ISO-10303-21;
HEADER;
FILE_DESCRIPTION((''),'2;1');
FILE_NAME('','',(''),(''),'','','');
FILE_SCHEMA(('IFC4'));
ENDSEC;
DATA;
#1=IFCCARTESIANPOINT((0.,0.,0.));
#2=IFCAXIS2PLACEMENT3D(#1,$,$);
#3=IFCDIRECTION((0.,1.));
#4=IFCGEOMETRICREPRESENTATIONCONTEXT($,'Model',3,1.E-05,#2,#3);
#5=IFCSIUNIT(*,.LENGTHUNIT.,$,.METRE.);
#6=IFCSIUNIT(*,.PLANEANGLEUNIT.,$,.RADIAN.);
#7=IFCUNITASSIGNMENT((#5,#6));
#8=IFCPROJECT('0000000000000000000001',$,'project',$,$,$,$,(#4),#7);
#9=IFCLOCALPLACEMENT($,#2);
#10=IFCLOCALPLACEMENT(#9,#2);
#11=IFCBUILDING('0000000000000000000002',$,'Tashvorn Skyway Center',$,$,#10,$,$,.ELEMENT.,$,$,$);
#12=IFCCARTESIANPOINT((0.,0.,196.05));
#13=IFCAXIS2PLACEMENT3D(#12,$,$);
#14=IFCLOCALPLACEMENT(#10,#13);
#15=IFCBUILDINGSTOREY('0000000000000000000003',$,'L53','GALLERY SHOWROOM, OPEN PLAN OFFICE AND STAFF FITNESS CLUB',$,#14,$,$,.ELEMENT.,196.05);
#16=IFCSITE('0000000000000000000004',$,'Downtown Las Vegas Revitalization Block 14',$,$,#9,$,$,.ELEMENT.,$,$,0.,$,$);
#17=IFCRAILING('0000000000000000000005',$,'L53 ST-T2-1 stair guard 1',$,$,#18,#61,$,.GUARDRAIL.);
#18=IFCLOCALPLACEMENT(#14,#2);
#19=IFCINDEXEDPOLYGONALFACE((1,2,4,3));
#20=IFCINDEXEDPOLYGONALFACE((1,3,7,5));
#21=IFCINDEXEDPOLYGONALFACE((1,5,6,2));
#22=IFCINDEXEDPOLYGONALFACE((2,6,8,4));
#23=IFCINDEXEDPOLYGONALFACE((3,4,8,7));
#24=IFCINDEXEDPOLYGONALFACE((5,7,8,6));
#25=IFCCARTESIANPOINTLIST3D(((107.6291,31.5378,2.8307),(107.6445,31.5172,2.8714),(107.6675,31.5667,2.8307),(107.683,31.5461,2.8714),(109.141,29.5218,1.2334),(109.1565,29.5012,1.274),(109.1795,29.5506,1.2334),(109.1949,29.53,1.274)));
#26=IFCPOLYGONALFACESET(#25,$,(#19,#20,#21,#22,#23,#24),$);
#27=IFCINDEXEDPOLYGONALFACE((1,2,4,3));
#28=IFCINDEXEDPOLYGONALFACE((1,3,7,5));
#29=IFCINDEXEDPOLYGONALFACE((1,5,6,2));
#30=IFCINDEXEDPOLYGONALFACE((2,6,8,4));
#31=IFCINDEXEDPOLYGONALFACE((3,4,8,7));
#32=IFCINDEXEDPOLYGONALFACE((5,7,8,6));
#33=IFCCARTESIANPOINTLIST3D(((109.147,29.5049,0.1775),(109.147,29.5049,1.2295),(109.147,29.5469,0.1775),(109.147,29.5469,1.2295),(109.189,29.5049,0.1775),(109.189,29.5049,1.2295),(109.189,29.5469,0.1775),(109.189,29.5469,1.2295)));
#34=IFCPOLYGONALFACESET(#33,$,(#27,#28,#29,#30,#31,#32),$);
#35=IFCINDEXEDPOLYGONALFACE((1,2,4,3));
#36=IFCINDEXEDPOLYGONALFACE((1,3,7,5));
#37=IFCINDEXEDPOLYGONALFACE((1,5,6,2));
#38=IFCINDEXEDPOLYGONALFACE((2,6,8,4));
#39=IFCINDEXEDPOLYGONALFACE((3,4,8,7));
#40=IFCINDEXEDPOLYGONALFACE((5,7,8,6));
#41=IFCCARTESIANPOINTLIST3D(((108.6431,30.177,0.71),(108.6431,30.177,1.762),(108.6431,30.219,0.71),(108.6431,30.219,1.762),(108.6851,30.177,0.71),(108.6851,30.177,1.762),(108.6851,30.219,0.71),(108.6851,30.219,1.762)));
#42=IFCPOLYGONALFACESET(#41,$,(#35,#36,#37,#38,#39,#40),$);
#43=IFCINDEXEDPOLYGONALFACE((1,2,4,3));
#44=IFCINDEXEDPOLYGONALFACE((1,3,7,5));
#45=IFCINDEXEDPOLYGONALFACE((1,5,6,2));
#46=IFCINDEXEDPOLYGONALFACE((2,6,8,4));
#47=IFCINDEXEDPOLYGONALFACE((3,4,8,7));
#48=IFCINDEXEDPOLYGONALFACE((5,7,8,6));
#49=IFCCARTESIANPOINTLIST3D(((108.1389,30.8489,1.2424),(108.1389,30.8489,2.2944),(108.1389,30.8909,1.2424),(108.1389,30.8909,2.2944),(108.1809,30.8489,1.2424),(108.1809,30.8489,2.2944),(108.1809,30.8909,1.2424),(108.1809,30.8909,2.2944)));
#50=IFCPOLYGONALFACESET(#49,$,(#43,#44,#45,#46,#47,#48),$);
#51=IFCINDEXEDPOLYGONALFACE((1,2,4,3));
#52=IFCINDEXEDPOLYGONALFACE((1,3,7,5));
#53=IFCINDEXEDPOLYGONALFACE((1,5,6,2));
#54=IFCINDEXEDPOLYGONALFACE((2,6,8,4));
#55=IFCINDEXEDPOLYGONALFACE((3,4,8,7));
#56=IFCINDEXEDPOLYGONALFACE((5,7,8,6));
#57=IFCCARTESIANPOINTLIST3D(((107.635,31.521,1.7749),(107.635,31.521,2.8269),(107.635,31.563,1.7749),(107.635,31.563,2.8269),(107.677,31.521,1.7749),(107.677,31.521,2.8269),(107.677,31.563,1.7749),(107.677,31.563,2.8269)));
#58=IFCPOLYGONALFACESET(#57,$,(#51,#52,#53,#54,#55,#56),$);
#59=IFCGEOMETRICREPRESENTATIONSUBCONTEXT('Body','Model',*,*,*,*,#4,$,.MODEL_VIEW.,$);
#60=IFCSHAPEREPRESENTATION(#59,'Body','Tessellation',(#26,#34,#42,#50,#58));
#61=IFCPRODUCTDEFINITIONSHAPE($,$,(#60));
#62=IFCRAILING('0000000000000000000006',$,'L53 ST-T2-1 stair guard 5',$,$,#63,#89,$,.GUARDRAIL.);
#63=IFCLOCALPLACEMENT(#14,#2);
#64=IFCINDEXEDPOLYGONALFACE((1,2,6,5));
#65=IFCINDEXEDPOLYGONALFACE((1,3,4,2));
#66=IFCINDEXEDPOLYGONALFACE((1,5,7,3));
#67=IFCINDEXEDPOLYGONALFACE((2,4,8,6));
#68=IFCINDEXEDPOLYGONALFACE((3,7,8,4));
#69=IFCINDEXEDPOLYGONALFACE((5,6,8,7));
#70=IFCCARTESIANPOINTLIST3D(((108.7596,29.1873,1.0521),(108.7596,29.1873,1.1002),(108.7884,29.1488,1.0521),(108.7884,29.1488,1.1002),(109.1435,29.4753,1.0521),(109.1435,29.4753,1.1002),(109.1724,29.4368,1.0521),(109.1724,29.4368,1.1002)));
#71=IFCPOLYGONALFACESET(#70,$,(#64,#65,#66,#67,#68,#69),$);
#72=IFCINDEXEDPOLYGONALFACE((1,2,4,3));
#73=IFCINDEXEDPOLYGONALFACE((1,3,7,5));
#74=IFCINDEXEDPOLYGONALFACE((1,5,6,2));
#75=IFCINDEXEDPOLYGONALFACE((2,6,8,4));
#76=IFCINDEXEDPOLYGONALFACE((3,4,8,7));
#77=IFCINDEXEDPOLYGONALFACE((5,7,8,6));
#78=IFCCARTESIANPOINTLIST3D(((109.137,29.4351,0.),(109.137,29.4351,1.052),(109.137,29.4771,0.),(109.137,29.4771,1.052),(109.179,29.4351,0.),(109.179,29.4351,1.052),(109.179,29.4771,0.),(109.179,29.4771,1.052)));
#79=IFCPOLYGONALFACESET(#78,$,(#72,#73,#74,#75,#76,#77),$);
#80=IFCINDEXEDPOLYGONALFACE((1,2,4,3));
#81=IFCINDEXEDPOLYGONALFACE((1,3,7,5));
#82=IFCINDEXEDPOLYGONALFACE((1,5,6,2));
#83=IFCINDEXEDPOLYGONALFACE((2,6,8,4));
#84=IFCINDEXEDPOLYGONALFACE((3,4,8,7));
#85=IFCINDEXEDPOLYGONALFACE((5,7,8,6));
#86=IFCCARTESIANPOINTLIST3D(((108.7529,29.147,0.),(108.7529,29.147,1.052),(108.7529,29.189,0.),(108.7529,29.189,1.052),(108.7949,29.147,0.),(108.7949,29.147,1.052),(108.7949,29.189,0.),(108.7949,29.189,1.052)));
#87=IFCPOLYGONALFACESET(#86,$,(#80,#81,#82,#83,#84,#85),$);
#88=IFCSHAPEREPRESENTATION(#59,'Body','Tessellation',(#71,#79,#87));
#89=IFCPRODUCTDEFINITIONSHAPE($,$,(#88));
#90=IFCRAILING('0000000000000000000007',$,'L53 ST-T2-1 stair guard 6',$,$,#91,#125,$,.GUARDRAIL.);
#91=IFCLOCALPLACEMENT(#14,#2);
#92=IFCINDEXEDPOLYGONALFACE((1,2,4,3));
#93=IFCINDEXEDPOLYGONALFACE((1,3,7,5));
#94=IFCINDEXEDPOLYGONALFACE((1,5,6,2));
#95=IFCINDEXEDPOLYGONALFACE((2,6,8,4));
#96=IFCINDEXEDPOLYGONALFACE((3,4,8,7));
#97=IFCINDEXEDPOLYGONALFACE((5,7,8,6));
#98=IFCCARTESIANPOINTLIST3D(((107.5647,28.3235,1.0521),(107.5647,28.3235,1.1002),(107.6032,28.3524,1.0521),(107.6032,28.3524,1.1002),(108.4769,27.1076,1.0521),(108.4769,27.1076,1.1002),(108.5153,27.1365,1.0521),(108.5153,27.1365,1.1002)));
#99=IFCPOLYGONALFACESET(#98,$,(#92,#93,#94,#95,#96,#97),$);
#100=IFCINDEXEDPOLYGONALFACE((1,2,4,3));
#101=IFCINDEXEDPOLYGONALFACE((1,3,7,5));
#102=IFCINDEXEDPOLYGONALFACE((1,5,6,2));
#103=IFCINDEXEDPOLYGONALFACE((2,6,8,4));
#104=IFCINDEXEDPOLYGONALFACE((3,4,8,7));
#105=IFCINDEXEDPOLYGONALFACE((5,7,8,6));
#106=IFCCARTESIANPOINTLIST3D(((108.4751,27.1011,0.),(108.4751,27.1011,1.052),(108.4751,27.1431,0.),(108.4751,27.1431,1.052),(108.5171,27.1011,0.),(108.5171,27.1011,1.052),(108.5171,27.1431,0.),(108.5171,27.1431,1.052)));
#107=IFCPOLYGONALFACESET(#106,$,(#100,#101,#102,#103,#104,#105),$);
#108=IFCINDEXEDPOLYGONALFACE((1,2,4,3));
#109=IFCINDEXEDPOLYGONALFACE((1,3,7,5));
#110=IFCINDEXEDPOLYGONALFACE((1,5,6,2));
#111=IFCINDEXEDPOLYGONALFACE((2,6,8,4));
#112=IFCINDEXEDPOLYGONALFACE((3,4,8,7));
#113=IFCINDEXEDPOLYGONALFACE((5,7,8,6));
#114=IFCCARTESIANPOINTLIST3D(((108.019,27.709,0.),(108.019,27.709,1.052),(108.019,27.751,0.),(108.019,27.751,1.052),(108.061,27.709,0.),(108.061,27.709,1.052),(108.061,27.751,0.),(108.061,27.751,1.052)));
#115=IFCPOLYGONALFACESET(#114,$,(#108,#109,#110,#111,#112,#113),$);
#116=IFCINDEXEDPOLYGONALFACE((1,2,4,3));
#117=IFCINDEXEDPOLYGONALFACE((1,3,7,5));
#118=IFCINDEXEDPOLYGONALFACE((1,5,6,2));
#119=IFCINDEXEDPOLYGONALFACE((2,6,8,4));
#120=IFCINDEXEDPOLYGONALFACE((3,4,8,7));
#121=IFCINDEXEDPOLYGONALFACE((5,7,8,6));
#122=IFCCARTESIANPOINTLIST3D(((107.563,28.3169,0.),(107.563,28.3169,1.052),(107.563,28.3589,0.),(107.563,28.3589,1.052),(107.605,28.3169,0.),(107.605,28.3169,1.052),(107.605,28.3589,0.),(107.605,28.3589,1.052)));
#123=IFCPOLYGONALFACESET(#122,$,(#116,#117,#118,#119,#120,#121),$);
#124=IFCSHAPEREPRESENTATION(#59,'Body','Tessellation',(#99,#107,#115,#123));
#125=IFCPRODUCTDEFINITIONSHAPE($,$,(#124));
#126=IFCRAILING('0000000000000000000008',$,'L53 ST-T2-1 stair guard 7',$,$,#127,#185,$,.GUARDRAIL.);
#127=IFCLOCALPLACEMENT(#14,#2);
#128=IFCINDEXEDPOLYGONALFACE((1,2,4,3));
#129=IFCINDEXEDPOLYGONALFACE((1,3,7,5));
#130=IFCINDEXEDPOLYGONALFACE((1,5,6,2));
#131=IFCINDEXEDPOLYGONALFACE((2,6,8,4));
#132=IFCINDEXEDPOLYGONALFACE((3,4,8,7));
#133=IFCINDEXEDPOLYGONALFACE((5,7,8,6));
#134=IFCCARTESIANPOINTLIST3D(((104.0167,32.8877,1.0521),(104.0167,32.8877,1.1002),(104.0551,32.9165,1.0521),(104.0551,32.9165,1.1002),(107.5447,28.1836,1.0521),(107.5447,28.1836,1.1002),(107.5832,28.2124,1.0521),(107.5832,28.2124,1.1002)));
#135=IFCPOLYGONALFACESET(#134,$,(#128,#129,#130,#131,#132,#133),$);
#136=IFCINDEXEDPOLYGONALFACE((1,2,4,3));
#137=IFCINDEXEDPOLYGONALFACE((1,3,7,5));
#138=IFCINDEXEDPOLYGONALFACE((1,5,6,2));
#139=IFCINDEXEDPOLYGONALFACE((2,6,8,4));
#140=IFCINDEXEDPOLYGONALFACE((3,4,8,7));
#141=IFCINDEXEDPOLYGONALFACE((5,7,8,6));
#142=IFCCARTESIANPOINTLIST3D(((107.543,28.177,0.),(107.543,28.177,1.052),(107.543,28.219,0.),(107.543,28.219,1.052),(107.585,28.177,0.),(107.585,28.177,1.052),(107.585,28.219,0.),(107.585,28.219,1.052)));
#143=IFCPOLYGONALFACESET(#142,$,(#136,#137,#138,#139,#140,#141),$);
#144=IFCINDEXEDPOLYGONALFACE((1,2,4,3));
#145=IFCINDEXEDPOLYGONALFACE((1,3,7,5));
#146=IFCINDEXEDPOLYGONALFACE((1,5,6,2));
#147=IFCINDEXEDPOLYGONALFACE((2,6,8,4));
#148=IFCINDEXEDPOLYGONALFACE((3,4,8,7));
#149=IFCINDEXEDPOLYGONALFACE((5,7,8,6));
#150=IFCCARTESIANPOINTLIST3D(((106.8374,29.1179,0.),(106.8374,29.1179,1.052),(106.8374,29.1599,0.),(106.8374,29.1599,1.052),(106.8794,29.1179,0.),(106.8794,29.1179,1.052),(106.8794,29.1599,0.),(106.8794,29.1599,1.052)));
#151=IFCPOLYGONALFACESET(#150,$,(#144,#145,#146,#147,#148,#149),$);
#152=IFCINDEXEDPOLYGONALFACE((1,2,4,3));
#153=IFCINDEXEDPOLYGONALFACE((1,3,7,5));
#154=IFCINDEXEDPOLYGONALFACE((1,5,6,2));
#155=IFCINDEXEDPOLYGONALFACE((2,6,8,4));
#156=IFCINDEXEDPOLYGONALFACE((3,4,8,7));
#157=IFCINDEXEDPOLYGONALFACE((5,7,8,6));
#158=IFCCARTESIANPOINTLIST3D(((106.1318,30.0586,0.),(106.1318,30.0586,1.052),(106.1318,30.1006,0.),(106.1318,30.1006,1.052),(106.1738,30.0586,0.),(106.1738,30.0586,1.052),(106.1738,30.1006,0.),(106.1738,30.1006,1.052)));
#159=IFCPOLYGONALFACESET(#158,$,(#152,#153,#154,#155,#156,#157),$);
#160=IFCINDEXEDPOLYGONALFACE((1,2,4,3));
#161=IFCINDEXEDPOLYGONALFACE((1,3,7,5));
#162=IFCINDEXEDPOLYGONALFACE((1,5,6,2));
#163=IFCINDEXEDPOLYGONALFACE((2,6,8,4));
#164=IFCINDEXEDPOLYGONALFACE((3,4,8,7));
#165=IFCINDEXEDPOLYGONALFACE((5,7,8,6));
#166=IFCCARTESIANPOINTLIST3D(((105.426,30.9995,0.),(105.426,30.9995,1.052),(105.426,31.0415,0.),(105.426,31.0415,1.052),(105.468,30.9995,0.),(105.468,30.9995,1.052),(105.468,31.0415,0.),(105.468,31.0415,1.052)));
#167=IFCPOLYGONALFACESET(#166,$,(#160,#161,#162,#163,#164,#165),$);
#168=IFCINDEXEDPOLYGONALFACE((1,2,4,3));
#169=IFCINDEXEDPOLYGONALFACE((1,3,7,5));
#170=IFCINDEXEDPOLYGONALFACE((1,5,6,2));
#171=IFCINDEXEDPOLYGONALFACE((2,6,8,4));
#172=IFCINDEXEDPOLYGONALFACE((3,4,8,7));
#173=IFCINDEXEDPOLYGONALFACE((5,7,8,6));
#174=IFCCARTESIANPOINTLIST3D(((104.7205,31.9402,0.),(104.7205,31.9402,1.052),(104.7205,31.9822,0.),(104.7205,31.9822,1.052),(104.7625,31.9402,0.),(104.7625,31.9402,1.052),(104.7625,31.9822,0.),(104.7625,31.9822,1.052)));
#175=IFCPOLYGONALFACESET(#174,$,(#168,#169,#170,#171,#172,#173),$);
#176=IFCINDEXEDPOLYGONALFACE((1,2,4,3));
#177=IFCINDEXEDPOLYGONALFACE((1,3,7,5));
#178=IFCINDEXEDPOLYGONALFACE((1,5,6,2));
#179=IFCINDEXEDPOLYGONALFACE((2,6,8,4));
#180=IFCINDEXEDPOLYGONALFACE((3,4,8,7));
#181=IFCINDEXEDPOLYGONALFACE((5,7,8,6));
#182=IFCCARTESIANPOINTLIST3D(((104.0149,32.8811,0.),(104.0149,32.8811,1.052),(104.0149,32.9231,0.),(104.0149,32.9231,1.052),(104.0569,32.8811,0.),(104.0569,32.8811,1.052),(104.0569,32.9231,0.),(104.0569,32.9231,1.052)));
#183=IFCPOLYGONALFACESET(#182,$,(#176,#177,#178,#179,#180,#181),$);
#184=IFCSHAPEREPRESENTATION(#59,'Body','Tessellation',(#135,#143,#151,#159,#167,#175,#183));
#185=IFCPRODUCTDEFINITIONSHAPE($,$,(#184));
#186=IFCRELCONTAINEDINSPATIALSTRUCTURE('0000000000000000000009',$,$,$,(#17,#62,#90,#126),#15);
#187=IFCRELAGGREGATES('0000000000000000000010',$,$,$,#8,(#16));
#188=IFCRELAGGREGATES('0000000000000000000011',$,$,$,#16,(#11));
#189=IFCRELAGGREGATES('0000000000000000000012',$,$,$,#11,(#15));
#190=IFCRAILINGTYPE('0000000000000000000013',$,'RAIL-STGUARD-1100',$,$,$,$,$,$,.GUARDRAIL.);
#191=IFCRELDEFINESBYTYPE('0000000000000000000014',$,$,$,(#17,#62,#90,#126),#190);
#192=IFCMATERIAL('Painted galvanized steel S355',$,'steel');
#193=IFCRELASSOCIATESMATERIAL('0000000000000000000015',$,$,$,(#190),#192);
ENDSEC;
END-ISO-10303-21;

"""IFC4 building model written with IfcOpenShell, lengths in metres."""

from ifc_helpers import new_model, si_unit, direction, frame, origin, origin_2d, place, context, subcontext, project, spatial, rectangle, extrude, material, type_object, element, save


model = new_model("IFC4")

# Units and contexts
model_context = context("Model", 3, precision=1e-05, world=origin(), true_north=direction((0.0, 1.0)))
body_context = subcontext(model_context, "Body", "Model", "MODEL_VIEW")
ifc_project = project(units=[si_unit("LENGTHUNIT", "METRE"), si_unit("PLANEANGLEUNIT", "RADIAN")], contexts=[model_context])

# Site, building, storey
site_placement = place(None, origin())
site = spatial("IfcSite", under=ifc_project, at=site_placement, Name="Downtown Las Vegas Revitalization Block 14", CompositionType="ELEMENT", RefElevation=0.0)
building_placement = place(site_placement, origin())
building = spatial("IfcBuilding", under=site, at=building_placement, Name="Tashvorn Skyway Center", CompositionType="ELEMENT")
storey_placement = place(building_placement, frame((0.0, 0.0, 196.05)))
storey = spatial("IfcBuildingStorey", under=building, at=storey_placement, Name="L53", Description="GALLERY SHOWROOM, OPEN PLAN OFFICE AND STAFF FITNESS CLUB", CompositionType="ELEMENT", Elevation=196.05)

# Railings
ifc_material_1 = material(Name="Painted galvanized steel S355", Category="steel")
railing_type = type_object("IfcRailingType", Name="RAIL-STGUARD-1100", PredefinedType="GUARDRAIL", material=ifc_material_1)
railing_1_placement = place(storey_placement, frame((109.168, 29.5259, 0.1775)))
element("IfcRailing", 1, at=railing_1_placement, inside=storey, type_object=railing_type, Name="L53 ST-T2-1 stair guard 1", PredefinedType="GUARDRAIL", context=body_context, shape_type="SweptSolid", body=[
    extrude(rectangle(XDim=0.0481, YDim=0.0481, at=origin_2d()), frame((0.0, 0.0, 1.0762), z_axis=(-0.506741, 0.675709, 0.535379), x_axis=(-0.800023, -0.599969, 0.0)), (0.0, 0.0, 1.0), 2.9836),
    extrude(rectangle(XDim=0.042, YDim=0.042, at=origin_2d()), origin(), (0.0, 0.0, 1.0), 1.052),
    extrude(rectangle(XDim=0.042, YDim=0.042, at=origin_2d()), frame((-0.5039, 0.6721, 0.5325)), (0.0, 0.0, 1.0), 1.052),
    extrude(rectangle(XDim=0.042, YDim=0.042, at=origin_2d()), frame((-1.0081, 1.344, 1.0649)), (0.0, 0.0, 1.0), 1.052),
    extrude(rectangle(XDim=0.042, YDim=0.042, at=origin_2d()), frame((-1.512, 2.0161, 1.5974)), (0.0, 0.0, 1.0), 1.052),
])
railing_2_placement = place(storey_placement, frame((109.158, 29.4561, 0.0)))
element("IfcRailing", 2, at=railing_2_placement, inside=storey, type_object=railing_type, Name="L53 ST-T2-1 stair guard 5", PredefinedType="GUARDRAIL", context=body_context, shape_type="SweptSolid", body=[
    extrude(rectangle(XDim=0.0481, YDim=0.0481, at=origin_2d()), frame((0.0, 0.0, 1.0762), z_axis=(-0.799939, -0.600081, 0.0), x_axis=(0.600081, -0.799939, 0.0)), (0.0, 0.0, 1.0), 0.48),
    extrude(rectangle(XDim=0.042, YDim=0.042, at=origin_2d()), origin(), (0.0, 0.0, 1.0), 1.052),
    extrude(rectangle(XDim=0.042, YDim=0.042, at=origin_2d()), frame((-0.384, -0.2881, 0.0)), (0.0, 0.0, 1.0), 1.052),
])
railing_3_placement = place(storey_placement, frame((108.4961, 27.1221, 0.0)))
element("IfcRailing", 3, at=railing_3_placement, inside=storey, type_object=railing_type, Name="L53 ST-T2-1 stair guard 6", PredefinedType="GUARDRAIL", context=body_context, shape_type="SweptSolid", body=[
    extrude(rectangle(XDim=0.0481, YDim=0.0481, at=origin_2d()), frame((0.0, 0.0, 1.0762), z_axis=(-0.600103, 0.799923, 0.0), x_axis=(-0.799923, -0.600103, 0.0)), (0.0, 0.0, 1.0), 1.52),
    extrude(rectangle(XDim=0.042, YDim=0.042, at=origin_2d()), origin(), (0.0, 0.0, 1.0), 1.052),
    extrude(rectangle(XDim=0.042, YDim=0.042, at=origin_2d()), frame((-0.4561, 0.6079, 0.0)), (0.0, 0.0, 1.0), 1.052),
    extrude(rectangle(XDim=0.042, YDim=0.042, at=origin_2d()), frame((-0.9121, 1.2158, 0.0)), (0.0, 0.0, 1.0), 1.052),
])
railing_4_placement = place(storey_placement, frame((107.564, 28.198, 0.0)))
element("IfcRailing", 4, at=railing_4_placement, inside=storey, type_object=railing_type, Name="L53 ST-T2-1 stair guard 7", PredefinedType="GUARDRAIL", context=body_context, shape_type="SweptSolid", body=[
    extrude(rectangle(XDim=0.0481, YDim=0.0481, at=origin_2d()), frame((0.0, 0.0, 1.0762), z_axis=(-0.6, 0.8, 0.0), x_axis=(-0.8, -0.6, 0.0)), (0.0, 0.0, 1.0), 5.8801),
    extrude(rectangle(XDim=0.042, YDim=0.042, at=origin_2d()), origin(), (0.0, 0.0, 1.0), 1.052),
    extrude(rectangle(XDim=0.042, YDim=0.042, at=origin_2d()), frame((-0.7056, 0.9409, 0.0)), (0.0, 0.0, 1.0), 1.052),
    extrude(rectangle(XDim=0.042, YDim=0.042, at=origin_2d()), frame((-1.4111, 1.8816, 0.0)), (0.0, 0.0, 1.0), 1.052),
    extrude(rectangle(XDim=0.042, YDim=0.042, at=origin_2d()), frame((-2.1169, 2.8225, 0.0)), (0.0, 0.0, 1.0), 1.052),
    extrude(rectangle(XDim=0.042, YDim=0.042, at=origin_2d()), frame((-2.8225, 3.7632, 0.0)), (0.0, 0.0, 1.0), 1.052),
    extrude(rectangle(XDim=0.042, YDim=0.042, at=origin_2d()), frame((-3.5281, 4.7041, 0.0)), (0.0, 0.0, 1.0), 1.052),
])

save(model, "model.ifc")
